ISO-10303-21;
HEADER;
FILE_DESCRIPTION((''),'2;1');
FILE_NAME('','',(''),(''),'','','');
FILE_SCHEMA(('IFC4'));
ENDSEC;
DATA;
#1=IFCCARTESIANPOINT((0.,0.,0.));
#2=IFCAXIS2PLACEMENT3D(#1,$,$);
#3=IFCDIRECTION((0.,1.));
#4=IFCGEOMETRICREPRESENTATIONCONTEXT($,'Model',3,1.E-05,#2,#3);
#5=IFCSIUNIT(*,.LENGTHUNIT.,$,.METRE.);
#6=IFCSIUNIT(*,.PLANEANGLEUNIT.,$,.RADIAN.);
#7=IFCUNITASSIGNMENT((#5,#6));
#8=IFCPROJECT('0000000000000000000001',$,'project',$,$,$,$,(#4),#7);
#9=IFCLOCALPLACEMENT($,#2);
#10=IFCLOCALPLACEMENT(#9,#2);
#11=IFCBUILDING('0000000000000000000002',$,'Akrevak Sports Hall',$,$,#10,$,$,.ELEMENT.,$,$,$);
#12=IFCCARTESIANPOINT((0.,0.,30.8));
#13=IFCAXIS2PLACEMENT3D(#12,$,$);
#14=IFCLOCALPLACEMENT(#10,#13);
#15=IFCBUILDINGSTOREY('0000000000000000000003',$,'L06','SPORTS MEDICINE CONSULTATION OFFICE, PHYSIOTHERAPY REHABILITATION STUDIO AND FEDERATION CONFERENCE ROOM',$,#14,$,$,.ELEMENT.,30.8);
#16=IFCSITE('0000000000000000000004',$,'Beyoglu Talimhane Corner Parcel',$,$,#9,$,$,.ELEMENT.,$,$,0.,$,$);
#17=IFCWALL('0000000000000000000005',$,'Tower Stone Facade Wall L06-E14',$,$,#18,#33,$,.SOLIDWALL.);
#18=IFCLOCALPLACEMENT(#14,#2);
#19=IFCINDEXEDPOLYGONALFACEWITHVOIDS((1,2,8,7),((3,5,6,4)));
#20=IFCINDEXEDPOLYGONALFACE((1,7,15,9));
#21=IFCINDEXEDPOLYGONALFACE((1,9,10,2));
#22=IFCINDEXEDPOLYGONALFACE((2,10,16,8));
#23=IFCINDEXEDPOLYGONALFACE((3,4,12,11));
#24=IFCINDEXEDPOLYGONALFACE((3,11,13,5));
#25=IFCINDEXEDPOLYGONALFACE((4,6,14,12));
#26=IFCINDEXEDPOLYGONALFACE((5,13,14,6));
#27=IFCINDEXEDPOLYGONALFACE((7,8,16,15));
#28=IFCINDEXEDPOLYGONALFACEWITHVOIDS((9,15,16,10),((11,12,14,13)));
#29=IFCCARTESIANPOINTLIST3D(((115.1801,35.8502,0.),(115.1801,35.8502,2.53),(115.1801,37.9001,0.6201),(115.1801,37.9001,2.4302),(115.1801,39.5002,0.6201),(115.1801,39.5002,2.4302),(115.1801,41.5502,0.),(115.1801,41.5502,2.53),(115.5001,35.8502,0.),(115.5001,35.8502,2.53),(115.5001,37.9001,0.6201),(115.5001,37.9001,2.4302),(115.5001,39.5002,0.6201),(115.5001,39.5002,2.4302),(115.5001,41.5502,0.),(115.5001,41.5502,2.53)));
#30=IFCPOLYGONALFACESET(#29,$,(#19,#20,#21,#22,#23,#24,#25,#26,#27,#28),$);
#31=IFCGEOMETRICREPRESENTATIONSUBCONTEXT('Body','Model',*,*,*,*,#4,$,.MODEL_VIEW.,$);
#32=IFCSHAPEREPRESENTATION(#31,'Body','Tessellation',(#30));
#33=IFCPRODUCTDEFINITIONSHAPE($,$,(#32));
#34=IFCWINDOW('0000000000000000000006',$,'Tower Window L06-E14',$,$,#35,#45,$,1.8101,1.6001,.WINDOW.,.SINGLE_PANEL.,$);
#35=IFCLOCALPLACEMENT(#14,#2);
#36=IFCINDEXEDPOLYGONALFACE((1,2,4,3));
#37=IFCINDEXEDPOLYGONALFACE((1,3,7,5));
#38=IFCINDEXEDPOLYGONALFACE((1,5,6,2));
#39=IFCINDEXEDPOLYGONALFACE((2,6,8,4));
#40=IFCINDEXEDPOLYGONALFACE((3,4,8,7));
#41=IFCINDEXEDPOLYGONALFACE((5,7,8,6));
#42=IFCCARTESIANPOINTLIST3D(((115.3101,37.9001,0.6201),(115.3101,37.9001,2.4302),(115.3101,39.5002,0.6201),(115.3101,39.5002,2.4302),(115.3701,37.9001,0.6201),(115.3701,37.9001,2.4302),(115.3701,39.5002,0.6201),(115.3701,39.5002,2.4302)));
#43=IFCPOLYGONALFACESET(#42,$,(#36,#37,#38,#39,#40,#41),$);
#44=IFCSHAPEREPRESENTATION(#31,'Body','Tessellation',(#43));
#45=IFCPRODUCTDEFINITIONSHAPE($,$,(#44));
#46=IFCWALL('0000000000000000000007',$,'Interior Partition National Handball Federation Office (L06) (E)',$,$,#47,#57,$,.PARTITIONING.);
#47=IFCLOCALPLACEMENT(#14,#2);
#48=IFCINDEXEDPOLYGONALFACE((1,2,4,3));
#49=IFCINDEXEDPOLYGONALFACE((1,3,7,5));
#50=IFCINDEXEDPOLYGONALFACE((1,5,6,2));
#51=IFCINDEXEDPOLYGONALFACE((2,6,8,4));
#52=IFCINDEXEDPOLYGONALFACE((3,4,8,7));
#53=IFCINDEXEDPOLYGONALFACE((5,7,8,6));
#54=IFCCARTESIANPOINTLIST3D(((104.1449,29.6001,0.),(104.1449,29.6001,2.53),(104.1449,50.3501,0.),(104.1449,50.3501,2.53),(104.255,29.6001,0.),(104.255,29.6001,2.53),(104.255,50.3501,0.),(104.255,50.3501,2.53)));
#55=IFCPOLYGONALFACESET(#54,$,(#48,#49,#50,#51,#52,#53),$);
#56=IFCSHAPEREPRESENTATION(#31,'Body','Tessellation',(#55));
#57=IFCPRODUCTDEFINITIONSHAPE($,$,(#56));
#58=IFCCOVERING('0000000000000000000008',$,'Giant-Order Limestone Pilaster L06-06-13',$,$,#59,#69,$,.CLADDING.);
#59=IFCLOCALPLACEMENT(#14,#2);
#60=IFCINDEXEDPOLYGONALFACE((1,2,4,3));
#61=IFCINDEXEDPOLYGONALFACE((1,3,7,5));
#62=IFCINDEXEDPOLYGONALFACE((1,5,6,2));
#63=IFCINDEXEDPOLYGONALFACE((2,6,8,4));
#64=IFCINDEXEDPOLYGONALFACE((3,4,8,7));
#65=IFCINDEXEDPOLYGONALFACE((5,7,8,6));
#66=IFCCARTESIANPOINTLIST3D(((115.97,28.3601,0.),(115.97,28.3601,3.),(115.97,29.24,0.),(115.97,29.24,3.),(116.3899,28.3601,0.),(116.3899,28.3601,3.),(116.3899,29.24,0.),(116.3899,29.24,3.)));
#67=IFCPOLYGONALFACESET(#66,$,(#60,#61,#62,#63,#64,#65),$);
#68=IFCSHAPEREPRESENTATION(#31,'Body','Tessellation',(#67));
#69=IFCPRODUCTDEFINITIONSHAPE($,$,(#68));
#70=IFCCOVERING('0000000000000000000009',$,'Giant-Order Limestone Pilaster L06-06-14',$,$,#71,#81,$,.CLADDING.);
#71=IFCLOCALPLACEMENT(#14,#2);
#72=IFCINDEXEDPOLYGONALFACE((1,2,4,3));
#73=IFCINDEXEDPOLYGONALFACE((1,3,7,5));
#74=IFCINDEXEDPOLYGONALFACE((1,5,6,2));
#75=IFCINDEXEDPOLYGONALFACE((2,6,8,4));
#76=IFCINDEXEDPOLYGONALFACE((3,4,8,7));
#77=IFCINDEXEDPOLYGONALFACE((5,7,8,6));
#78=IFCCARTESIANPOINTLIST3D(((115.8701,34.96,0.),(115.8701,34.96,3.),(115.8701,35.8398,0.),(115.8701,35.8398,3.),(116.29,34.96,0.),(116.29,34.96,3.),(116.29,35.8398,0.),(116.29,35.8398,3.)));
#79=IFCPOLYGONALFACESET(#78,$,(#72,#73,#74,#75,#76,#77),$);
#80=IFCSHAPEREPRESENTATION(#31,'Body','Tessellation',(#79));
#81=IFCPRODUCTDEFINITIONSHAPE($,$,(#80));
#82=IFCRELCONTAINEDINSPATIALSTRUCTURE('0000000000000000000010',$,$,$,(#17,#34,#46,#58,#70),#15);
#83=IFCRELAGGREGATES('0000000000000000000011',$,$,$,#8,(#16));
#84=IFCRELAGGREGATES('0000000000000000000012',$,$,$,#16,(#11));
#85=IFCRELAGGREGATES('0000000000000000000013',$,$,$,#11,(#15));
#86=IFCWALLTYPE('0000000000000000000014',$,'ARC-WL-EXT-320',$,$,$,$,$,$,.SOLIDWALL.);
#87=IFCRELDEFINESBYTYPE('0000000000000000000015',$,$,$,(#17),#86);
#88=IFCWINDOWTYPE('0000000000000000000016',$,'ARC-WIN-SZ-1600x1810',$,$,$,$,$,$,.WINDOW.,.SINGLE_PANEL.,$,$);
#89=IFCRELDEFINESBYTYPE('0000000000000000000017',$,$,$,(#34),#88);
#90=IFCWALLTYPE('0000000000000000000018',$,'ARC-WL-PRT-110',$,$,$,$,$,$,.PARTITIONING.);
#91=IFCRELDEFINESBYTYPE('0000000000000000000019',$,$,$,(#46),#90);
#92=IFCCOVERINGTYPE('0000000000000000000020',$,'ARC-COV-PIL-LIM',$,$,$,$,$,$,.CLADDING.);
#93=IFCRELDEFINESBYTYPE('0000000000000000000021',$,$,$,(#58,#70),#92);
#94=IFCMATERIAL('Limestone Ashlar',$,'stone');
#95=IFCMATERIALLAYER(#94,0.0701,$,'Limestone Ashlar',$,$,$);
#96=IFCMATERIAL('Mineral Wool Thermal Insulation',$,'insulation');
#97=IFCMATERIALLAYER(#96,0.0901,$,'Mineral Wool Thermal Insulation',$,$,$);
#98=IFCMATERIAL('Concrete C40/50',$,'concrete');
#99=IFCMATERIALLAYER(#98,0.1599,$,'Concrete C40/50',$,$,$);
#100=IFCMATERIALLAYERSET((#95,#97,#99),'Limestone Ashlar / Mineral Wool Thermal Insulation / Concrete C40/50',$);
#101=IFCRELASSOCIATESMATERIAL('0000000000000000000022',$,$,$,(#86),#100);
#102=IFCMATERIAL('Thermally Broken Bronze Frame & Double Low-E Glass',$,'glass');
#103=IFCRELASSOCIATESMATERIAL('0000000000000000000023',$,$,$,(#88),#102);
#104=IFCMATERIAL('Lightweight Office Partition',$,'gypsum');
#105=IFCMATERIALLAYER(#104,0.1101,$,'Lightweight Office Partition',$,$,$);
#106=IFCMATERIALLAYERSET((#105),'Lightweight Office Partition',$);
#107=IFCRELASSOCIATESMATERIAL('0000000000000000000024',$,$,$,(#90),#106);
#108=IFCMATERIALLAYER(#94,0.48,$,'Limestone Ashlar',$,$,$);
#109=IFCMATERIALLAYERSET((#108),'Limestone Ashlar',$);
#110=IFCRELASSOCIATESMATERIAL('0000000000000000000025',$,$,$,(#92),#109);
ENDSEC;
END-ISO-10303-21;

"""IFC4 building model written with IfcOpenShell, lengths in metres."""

from ifc_helpers import new_model, si_unit, direction, frame, frame_2d, origin, origin_2d, place, context, subcontext, project, spatial, rectangle, extrude, material, layer, layer_set, type_object, element, fill, save


model = new_model("IFC4")

# Units and contexts
model_context = context("Model", 3, precision=1e-05, world=origin(), true_north=direction((0.0, 1.0)))
body_context = subcontext(model_context, "Body", "Model", "MODEL_VIEW")
ifc_project = project(units=[si_unit("LENGTHUNIT", "METRE"), si_unit("PLANEANGLEUNIT", "RADIAN")], contexts=[model_context])

# Site, building, storey
site_placement = place(None, origin())
site = spatial("IfcSite", under=ifc_project, at=site_placement, Name="Beyoglu Talimhane Corner Parcel", CompositionType="ELEMENT", RefElevation=0.0)
building_placement = place(site_placement, origin())
building = spatial("IfcBuilding", under=site, at=building_placement, Name="Akrevak Sports Hall", CompositionType="ELEMENT")
storey_placement = place(building_placement, frame((0.0, 0.0, 30.8)))
storey = spatial("IfcBuildingStorey", under=building, at=storey_placement, Name="L06", Description="SPORTS MEDICINE CONSULTATION OFFICE, PHYSIOTHERAPY REHABILITATION STUDIO AND FEDERATION CONFERENCE ROOM", CompositionType="ELEMENT", Elevation=30.8)

# Shared definitions
ifc_material_1 = material(Name="Concrete C40/50", Category="concrete")

# Wall, opening, window
ifc_material_2 = material(Name="Limestone Ashlar", Category="stone")
ifc_layer_1 = layer(ifc_material_2, 0.0701, Name="Limestone Ashlar")
ifc_material_3 = material(Name="Mineral Wool Thermal Insulation", Category="insulation")
ifc_layer_2 = layer(ifc_material_3, 0.0901, Name="Mineral Wool Thermal Insulation")
ifc_layer_3 = layer(ifc_material_1, 0.1599, Name="Concrete C40/50")
ifc_layer_set_1 = layer_set([ifc_layer_1, ifc_layer_2, ifc_layer_3], Name="Limestone Ashlar / Mineral Wool Thermal Insulation / Concrete C40/50")
wall_type_1 = type_object("IfcWallType", Name="ARC-WL-EXT-320", PredefinedType="SOLIDWALL", material=ifc_layer_set_1)
ifc_material_4 = material(Name="Thermally Broken Bronze Frame & Double Low-E Glass", Category="glass")
wall_1_placement = place(storey_placement, frame((115.3401, 35.8501, 0.0), z_axis=(0.0, 0.0, 1.0), x_axis=(0.0, 1.0, 0.0)))
wall_1 = element("IfcWall", 1, at=wall_1_placement, inside=storey, type_object=wall_type_1, Name="Tower Stone Facade Wall L06-E14", PredefinedType="SOLIDWALL", context=body_context, shape_type="SweptSolid", body=[
    extrude(rectangle(XDim=5.7, YDim=0.3201, at=frame_2d((2.8501, 0.0))), origin(), (0.0, 0.0, 1.0), 2.53),
])
opening_1_placement = place(wall_1_placement, frame((2.05, 0.0, 0.6201)))
opening_1 = element("IfcOpeningElement", 2, at=opening_1_placement, cuts=wall_1, PredefinedType="OPENING", context=body_context, shape_type="SweptSolid", body=[
    extrude(rectangle(XDim=1.6001, YDim=1.8101, at=frame_2d((0.8, 0.905))), frame((0.0, 0.1719, 0.0), z_axis=(0.0, -1.0, 0.0), x_axis=(1.0, 0.0, 0.0)), (0.0, 0.0, 1.0), 0.344),
])
window_type_1 = type_object("IfcWindowType", Name="ARC-WIN-SZ-1600x1810", PartitioningType="SINGLE_PANEL", PredefinedType="WINDOW", material=ifc_material_4)
window_1_placement = place(opening_1_placement, origin())
window_1 = element("IfcWindow", 3, at=window_1_placement, inside=storey, type_object=window_type_1, Name="Tower Window L06-E14", OverallHeight=1.8101, OverallWidth=1.6001, PartitioningType="SINGLE_PANEL", PredefinedType="WINDOW", context=body_context, shape_type="SweptSolid", body=[
    extrude(rectangle(XDim=1.6001, YDim=1.8101, at=frame_2d((0.8, 0.905))), frame((0.0, 0.03, 0.0), z_axis=(0.0, -1.0, 0.0), x_axis=(1.0, 0.0, 0.0)), (0.0, 0.0, 1.0), 0.0601),
])
fill(opening_1, window_1)

# Wall
ifc_material_5 = material(Name="Lightweight Office Partition", Category="gypsum")
ifc_layer_4 = layer(ifc_material_5, 0.1101, Name="Lightweight Office Partition")
ifc_layer_set_2 = layer_set([ifc_layer_4], Name="Lightweight Office Partition")
wall_type_2 = type_object("IfcWallType", Name="ARC-WL-PRT-110", PredefinedType="PARTITIONING", material=ifc_layer_set_2)
wall_2_placement = place(storey_placement, frame((104.2, 29.6001, 0.0), z_axis=(0.0, 0.0, 1.0), x_axis=(0.0, 1.0, 0.0)))
element("IfcWall", 4, at=wall_2_placement, inside=storey, type_object=wall_type_2, Name="Interior Partition National Handball Federation Office (L06) (E)", PredefinedType="PARTITIONING", context=body_context, shape_type="SweptSolid", body=[
    extrude(rectangle(XDim=20.75, YDim=0.1101, at=frame_2d((10.375, 0.0))), origin(), (0.0, 0.0, 1.0), 2.53),
])

# Coverings
ifc_layer_5 = layer(ifc_material_2, 0.48, Name="Limestone Ashlar")
ifc_layer_set_3 = layer_set([ifc_layer_5], Name="Limestone Ashlar")
covering_type = type_object("IfcCoveringType", Name="ARC-COV-PIL-LIM", PredefinedType="CLADDING", material=ifc_layer_set_3)
for number, where, z_axis, x_axis, name in (
    (5, (116.1799, 28.8, 0.0), (0.0, 0.0, 1.0), (0.0, 1.0, 0.0), "Giant-Order Limestone Pilaster L06-06-13"),
    (6, (116.0801, 35.3999, 0.0), (0.0, 0.0, 1.0), (0.0, 1.0, 0.0), "Giant-Order Limestone Pilaster L06-06-14"),
):
    element("IfcCovering", number, at=place(storey_placement, frame(where, z_axis=z_axis, x_axis=x_axis)), inside=storey, type_object=covering_type, Name=name, PredefinedType="CLADDING", context=body_context, shape_type="SweptSolid", body=[
        extrude(rectangle(XDim=0.8799, YDim=0.4199, at=origin_2d()), origin(), (0.0, 0.0, 1.0), 3.0),
    ])

save(model, "model.ifc")
